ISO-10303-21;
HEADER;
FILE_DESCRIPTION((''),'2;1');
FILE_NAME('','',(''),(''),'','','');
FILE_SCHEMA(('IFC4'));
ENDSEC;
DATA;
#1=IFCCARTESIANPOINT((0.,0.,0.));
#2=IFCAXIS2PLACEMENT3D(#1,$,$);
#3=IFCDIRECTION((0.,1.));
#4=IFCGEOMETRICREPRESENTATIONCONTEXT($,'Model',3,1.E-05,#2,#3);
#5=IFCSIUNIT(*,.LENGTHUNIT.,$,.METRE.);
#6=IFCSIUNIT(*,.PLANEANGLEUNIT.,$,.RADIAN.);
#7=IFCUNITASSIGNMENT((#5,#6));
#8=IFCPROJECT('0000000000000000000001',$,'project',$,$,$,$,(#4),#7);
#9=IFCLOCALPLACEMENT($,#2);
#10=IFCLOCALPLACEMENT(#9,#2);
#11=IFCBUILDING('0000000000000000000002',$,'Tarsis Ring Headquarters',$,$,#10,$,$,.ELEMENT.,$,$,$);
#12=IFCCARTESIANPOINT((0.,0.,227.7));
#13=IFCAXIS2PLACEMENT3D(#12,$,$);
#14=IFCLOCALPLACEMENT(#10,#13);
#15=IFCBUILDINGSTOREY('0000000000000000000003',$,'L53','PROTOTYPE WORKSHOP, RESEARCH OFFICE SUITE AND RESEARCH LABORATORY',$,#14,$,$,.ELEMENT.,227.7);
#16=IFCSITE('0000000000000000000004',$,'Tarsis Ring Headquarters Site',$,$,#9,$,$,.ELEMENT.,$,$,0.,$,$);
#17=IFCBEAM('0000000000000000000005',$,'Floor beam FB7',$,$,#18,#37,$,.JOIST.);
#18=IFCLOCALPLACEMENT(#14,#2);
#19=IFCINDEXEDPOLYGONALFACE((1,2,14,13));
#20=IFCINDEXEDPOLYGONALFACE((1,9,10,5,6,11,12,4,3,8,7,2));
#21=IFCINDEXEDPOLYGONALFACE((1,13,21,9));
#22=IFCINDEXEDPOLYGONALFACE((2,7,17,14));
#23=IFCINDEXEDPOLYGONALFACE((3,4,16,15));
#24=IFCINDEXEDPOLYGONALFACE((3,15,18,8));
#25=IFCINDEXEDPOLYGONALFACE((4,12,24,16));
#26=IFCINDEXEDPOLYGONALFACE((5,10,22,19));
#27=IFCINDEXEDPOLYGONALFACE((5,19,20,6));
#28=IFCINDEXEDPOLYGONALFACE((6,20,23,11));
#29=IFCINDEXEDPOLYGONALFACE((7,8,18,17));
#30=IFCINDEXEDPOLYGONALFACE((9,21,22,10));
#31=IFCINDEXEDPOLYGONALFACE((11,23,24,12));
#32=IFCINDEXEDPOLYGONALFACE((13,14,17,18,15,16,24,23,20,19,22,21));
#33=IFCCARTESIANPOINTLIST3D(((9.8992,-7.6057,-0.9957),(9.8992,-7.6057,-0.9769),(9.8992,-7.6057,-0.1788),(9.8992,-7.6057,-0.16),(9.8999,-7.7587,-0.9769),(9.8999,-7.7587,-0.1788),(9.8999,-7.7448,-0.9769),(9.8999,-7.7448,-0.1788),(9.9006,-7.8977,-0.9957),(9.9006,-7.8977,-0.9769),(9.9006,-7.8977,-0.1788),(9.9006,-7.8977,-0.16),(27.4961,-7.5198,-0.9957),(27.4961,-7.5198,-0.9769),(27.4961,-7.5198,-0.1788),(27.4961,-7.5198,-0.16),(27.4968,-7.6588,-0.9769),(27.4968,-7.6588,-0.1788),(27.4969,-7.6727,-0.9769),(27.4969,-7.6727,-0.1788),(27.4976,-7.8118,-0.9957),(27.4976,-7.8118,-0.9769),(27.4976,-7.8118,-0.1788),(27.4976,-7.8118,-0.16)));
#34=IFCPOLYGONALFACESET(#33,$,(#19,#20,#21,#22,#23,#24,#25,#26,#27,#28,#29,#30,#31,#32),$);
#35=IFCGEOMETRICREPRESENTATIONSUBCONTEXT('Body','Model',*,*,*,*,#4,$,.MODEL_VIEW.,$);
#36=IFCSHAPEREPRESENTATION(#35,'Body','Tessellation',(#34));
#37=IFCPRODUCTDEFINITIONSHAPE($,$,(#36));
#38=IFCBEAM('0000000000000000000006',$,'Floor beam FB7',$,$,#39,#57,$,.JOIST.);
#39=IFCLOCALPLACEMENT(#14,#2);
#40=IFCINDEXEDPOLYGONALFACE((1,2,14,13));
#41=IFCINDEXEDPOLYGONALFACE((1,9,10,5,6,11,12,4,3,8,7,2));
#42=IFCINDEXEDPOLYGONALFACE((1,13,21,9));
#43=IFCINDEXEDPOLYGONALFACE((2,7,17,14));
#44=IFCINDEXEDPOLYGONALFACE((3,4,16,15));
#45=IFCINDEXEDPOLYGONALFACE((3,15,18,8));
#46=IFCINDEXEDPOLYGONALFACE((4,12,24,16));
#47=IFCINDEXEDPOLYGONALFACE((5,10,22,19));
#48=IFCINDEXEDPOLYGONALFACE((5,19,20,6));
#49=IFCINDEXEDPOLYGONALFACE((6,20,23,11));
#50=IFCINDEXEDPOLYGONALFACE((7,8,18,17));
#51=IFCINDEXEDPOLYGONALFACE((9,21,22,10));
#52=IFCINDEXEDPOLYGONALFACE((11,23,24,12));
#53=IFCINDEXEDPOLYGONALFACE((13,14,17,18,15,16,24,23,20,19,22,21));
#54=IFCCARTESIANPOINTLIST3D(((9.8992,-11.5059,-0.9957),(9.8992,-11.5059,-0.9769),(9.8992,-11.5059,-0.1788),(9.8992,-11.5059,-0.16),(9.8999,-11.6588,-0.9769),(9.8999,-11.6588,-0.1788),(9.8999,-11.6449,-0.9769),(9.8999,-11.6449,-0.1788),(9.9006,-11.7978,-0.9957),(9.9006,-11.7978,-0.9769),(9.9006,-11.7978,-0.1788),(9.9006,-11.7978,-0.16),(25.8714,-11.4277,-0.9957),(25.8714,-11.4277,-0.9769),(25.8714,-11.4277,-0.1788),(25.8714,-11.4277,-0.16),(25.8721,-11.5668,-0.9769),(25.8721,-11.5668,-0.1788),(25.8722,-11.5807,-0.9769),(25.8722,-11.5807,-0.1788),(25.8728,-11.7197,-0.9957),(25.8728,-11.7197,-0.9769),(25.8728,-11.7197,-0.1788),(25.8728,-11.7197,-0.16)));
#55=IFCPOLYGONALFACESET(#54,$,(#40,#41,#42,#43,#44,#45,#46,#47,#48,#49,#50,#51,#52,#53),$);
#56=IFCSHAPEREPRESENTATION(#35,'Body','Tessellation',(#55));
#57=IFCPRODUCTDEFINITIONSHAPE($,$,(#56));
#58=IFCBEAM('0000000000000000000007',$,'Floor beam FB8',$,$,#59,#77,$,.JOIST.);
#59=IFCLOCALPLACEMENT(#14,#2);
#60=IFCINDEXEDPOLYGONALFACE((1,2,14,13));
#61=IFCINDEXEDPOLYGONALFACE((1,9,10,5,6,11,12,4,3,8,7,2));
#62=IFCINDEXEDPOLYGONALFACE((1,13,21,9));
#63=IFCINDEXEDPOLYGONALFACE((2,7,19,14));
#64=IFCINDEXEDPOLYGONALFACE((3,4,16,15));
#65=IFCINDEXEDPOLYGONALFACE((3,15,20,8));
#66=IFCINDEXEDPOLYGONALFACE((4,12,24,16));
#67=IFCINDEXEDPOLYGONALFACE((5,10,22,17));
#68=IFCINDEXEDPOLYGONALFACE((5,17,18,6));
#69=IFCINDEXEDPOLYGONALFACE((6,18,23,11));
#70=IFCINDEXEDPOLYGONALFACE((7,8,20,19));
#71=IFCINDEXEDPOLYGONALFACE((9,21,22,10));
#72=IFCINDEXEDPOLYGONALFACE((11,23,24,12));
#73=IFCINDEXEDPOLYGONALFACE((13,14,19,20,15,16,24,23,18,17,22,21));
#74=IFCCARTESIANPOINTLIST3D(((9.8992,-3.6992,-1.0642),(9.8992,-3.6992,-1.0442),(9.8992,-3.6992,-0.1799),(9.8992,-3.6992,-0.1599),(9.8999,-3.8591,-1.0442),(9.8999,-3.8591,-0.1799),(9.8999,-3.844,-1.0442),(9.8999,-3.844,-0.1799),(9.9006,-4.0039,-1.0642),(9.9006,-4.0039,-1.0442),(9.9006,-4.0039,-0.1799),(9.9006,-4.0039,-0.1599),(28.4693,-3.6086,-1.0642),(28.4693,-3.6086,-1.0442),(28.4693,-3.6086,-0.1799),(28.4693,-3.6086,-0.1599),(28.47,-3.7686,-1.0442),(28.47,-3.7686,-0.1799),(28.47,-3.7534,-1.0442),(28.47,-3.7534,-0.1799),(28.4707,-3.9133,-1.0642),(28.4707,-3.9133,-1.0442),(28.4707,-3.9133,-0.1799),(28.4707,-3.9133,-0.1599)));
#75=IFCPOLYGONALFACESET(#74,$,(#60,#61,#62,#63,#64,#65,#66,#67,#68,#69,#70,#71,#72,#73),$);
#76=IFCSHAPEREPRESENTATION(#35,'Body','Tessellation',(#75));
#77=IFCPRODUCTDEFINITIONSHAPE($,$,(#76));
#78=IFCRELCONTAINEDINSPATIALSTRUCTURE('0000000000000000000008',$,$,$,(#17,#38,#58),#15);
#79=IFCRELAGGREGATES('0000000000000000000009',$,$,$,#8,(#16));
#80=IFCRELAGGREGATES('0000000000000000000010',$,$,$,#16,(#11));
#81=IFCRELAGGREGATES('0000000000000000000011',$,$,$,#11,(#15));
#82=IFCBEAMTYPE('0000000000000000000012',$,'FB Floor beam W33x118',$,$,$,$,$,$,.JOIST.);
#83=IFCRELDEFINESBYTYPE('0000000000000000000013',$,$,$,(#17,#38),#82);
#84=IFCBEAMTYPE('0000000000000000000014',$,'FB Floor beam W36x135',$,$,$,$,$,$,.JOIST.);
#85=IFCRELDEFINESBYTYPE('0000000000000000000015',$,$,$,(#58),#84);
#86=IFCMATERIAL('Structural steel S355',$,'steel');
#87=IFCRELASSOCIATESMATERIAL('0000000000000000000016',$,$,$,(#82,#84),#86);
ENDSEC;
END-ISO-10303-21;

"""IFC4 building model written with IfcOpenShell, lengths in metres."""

from ifc_helpers import new_model, si_unit, direction, frame, origin, origin_2d, place, context, subcontext, project, spatial, i_section, extrude, material, material_profile, profile_set, type_object, element, save


model = new_model("IFC4")

# Units and contexts
model_context = context("Model", 3, precision=1e-05, world=origin(), true_north=direction((0.0, 1.0)))
body_context = subcontext(model_context, "Body", "Model", "MODEL_VIEW")
ifc_project = project(units=[si_unit("LENGTHUNIT", "METRE"), si_unit("PLANEANGLEUNIT", "RADIAN")], contexts=[model_context])

# Site, building, storey
site_placement = place(None, origin())
site = spatial("IfcSite", under=ifc_project, at=site_placement, Name="Tarsis Ring Headquarters Site", CompositionType="ELEMENT", RefElevation=0.0)
building_placement = place(site_placement, origin())
building = spatial("IfcBuilding", under=site, at=building_placement, Name="Tarsis Ring Headquarters", CompositionType="ELEMENT")
storey_placement = place(building_placement, frame((0.0, 0.0, 227.7)))
storey = spatial("IfcBuildingStorey", under=building, at=storey_placement, Name="L53", Description="PROTOTYPE WORKSHOP, RESEARCH OFFICE SUITE AND RESEARCH LABORATORY", CompositionType="ELEMENT", Elevation=227.7)

# Beams
ifc_material_1 = material(Name="Structural steel S355", Category="steel")
ifc_material_profile_1 = material_profile(ifc_material_1, i_section(OverallWidth=0.292, OverallDepth=0.8357, WebThickness=0.0139, FlangeThickness=0.0188, at=origin_2d()), Name="W33x118")
ifc_profile_set_1 = profile_set([ifc_material_profile_1], Name="Structural steel S355")
beam_type_1 = type_object("IfcBeamType", Name="FB Floor beam W33x118", PredefinedType="JOIST", material=ifc_profile_set_1)
beam_1_placement = place(storey_placement, frame((9.8999, -7.7517, -0.5779), z_axis=(0.999988, 0.004884, 0.0), x_axis=(-0.004884, 0.999988, 0.0)))
element("IfcBeam", 1, at=beam_1_placement, inside=storey, type_object=beam_type_1, Name="Floor beam FB7", PredefinedType="JOIST", context=body_context, shape_type="SweptSolid", body=[
    extrude(i_section(OverallWidth=0.292, OverallDepth=0.8357, WebThickness=0.0139, FlangeThickness=0.0188, at=origin_2d()), origin(), (0.0, 0.0, 1.0), 17.5972),
])
beam_2_placement = place(storey_placement, frame((9.8999, -11.6519, -0.5779), z_axis=(0.999988, 0.004891, 0.0), x_axis=(-0.004891, 0.999988, 0.0)))
element("IfcBeam", 2, at=beam_2_placement, inside=storey, type_object=beam_type_1, Name="Floor beam FB7", PredefinedType="JOIST", context=body_context, shape_type="SweptSolid", body=[
    extrude(i_section(OverallWidth=0.292, OverallDepth=0.8357, WebThickness=0.0139, FlangeThickness=0.0188, at=origin_2d()), origin(), (0.0, 0.0, 1.0), 15.9724),
])
ifc_material_profile_2 = material_profile(ifc_material_1, i_section(OverallWidth=0.3047, OverallDepth=0.9043, WebThickness=0.0151, FlangeThickness=0.02, at=origin_2d()), Name="W36x135")
ifc_profile_set_2 = profile_set([ifc_material_profile_2], Name="Structural steel S355")
beam_type_2 = type_object("IfcBeamType", Name="FB Floor beam W36x135", PredefinedType="JOIST", material=ifc_profile_set_2)
beam_3_placement = place(storey_placement, frame((9.8999, -3.8516, -0.6121), z_axis=(0.999988, 0.004877, 0.0), x_axis=(-0.004877, 0.999988, 0.0)))
element("IfcBeam", 3, at=beam_3_placement, inside=storey, type_object=beam_type_2, Name="Floor beam FB8", PredefinedType="JOIST", context=body_context, shape_type="SweptSolid", body=[
    extrude(i_section(OverallWidth=0.3047, OverallDepth=0.9043, WebThickness=0.0151, FlangeThickness=0.02, at=origin_2d()), origin(), (0.0, 0.0, 1.0), 18.5703),
])

save(model, "model.ifc")
